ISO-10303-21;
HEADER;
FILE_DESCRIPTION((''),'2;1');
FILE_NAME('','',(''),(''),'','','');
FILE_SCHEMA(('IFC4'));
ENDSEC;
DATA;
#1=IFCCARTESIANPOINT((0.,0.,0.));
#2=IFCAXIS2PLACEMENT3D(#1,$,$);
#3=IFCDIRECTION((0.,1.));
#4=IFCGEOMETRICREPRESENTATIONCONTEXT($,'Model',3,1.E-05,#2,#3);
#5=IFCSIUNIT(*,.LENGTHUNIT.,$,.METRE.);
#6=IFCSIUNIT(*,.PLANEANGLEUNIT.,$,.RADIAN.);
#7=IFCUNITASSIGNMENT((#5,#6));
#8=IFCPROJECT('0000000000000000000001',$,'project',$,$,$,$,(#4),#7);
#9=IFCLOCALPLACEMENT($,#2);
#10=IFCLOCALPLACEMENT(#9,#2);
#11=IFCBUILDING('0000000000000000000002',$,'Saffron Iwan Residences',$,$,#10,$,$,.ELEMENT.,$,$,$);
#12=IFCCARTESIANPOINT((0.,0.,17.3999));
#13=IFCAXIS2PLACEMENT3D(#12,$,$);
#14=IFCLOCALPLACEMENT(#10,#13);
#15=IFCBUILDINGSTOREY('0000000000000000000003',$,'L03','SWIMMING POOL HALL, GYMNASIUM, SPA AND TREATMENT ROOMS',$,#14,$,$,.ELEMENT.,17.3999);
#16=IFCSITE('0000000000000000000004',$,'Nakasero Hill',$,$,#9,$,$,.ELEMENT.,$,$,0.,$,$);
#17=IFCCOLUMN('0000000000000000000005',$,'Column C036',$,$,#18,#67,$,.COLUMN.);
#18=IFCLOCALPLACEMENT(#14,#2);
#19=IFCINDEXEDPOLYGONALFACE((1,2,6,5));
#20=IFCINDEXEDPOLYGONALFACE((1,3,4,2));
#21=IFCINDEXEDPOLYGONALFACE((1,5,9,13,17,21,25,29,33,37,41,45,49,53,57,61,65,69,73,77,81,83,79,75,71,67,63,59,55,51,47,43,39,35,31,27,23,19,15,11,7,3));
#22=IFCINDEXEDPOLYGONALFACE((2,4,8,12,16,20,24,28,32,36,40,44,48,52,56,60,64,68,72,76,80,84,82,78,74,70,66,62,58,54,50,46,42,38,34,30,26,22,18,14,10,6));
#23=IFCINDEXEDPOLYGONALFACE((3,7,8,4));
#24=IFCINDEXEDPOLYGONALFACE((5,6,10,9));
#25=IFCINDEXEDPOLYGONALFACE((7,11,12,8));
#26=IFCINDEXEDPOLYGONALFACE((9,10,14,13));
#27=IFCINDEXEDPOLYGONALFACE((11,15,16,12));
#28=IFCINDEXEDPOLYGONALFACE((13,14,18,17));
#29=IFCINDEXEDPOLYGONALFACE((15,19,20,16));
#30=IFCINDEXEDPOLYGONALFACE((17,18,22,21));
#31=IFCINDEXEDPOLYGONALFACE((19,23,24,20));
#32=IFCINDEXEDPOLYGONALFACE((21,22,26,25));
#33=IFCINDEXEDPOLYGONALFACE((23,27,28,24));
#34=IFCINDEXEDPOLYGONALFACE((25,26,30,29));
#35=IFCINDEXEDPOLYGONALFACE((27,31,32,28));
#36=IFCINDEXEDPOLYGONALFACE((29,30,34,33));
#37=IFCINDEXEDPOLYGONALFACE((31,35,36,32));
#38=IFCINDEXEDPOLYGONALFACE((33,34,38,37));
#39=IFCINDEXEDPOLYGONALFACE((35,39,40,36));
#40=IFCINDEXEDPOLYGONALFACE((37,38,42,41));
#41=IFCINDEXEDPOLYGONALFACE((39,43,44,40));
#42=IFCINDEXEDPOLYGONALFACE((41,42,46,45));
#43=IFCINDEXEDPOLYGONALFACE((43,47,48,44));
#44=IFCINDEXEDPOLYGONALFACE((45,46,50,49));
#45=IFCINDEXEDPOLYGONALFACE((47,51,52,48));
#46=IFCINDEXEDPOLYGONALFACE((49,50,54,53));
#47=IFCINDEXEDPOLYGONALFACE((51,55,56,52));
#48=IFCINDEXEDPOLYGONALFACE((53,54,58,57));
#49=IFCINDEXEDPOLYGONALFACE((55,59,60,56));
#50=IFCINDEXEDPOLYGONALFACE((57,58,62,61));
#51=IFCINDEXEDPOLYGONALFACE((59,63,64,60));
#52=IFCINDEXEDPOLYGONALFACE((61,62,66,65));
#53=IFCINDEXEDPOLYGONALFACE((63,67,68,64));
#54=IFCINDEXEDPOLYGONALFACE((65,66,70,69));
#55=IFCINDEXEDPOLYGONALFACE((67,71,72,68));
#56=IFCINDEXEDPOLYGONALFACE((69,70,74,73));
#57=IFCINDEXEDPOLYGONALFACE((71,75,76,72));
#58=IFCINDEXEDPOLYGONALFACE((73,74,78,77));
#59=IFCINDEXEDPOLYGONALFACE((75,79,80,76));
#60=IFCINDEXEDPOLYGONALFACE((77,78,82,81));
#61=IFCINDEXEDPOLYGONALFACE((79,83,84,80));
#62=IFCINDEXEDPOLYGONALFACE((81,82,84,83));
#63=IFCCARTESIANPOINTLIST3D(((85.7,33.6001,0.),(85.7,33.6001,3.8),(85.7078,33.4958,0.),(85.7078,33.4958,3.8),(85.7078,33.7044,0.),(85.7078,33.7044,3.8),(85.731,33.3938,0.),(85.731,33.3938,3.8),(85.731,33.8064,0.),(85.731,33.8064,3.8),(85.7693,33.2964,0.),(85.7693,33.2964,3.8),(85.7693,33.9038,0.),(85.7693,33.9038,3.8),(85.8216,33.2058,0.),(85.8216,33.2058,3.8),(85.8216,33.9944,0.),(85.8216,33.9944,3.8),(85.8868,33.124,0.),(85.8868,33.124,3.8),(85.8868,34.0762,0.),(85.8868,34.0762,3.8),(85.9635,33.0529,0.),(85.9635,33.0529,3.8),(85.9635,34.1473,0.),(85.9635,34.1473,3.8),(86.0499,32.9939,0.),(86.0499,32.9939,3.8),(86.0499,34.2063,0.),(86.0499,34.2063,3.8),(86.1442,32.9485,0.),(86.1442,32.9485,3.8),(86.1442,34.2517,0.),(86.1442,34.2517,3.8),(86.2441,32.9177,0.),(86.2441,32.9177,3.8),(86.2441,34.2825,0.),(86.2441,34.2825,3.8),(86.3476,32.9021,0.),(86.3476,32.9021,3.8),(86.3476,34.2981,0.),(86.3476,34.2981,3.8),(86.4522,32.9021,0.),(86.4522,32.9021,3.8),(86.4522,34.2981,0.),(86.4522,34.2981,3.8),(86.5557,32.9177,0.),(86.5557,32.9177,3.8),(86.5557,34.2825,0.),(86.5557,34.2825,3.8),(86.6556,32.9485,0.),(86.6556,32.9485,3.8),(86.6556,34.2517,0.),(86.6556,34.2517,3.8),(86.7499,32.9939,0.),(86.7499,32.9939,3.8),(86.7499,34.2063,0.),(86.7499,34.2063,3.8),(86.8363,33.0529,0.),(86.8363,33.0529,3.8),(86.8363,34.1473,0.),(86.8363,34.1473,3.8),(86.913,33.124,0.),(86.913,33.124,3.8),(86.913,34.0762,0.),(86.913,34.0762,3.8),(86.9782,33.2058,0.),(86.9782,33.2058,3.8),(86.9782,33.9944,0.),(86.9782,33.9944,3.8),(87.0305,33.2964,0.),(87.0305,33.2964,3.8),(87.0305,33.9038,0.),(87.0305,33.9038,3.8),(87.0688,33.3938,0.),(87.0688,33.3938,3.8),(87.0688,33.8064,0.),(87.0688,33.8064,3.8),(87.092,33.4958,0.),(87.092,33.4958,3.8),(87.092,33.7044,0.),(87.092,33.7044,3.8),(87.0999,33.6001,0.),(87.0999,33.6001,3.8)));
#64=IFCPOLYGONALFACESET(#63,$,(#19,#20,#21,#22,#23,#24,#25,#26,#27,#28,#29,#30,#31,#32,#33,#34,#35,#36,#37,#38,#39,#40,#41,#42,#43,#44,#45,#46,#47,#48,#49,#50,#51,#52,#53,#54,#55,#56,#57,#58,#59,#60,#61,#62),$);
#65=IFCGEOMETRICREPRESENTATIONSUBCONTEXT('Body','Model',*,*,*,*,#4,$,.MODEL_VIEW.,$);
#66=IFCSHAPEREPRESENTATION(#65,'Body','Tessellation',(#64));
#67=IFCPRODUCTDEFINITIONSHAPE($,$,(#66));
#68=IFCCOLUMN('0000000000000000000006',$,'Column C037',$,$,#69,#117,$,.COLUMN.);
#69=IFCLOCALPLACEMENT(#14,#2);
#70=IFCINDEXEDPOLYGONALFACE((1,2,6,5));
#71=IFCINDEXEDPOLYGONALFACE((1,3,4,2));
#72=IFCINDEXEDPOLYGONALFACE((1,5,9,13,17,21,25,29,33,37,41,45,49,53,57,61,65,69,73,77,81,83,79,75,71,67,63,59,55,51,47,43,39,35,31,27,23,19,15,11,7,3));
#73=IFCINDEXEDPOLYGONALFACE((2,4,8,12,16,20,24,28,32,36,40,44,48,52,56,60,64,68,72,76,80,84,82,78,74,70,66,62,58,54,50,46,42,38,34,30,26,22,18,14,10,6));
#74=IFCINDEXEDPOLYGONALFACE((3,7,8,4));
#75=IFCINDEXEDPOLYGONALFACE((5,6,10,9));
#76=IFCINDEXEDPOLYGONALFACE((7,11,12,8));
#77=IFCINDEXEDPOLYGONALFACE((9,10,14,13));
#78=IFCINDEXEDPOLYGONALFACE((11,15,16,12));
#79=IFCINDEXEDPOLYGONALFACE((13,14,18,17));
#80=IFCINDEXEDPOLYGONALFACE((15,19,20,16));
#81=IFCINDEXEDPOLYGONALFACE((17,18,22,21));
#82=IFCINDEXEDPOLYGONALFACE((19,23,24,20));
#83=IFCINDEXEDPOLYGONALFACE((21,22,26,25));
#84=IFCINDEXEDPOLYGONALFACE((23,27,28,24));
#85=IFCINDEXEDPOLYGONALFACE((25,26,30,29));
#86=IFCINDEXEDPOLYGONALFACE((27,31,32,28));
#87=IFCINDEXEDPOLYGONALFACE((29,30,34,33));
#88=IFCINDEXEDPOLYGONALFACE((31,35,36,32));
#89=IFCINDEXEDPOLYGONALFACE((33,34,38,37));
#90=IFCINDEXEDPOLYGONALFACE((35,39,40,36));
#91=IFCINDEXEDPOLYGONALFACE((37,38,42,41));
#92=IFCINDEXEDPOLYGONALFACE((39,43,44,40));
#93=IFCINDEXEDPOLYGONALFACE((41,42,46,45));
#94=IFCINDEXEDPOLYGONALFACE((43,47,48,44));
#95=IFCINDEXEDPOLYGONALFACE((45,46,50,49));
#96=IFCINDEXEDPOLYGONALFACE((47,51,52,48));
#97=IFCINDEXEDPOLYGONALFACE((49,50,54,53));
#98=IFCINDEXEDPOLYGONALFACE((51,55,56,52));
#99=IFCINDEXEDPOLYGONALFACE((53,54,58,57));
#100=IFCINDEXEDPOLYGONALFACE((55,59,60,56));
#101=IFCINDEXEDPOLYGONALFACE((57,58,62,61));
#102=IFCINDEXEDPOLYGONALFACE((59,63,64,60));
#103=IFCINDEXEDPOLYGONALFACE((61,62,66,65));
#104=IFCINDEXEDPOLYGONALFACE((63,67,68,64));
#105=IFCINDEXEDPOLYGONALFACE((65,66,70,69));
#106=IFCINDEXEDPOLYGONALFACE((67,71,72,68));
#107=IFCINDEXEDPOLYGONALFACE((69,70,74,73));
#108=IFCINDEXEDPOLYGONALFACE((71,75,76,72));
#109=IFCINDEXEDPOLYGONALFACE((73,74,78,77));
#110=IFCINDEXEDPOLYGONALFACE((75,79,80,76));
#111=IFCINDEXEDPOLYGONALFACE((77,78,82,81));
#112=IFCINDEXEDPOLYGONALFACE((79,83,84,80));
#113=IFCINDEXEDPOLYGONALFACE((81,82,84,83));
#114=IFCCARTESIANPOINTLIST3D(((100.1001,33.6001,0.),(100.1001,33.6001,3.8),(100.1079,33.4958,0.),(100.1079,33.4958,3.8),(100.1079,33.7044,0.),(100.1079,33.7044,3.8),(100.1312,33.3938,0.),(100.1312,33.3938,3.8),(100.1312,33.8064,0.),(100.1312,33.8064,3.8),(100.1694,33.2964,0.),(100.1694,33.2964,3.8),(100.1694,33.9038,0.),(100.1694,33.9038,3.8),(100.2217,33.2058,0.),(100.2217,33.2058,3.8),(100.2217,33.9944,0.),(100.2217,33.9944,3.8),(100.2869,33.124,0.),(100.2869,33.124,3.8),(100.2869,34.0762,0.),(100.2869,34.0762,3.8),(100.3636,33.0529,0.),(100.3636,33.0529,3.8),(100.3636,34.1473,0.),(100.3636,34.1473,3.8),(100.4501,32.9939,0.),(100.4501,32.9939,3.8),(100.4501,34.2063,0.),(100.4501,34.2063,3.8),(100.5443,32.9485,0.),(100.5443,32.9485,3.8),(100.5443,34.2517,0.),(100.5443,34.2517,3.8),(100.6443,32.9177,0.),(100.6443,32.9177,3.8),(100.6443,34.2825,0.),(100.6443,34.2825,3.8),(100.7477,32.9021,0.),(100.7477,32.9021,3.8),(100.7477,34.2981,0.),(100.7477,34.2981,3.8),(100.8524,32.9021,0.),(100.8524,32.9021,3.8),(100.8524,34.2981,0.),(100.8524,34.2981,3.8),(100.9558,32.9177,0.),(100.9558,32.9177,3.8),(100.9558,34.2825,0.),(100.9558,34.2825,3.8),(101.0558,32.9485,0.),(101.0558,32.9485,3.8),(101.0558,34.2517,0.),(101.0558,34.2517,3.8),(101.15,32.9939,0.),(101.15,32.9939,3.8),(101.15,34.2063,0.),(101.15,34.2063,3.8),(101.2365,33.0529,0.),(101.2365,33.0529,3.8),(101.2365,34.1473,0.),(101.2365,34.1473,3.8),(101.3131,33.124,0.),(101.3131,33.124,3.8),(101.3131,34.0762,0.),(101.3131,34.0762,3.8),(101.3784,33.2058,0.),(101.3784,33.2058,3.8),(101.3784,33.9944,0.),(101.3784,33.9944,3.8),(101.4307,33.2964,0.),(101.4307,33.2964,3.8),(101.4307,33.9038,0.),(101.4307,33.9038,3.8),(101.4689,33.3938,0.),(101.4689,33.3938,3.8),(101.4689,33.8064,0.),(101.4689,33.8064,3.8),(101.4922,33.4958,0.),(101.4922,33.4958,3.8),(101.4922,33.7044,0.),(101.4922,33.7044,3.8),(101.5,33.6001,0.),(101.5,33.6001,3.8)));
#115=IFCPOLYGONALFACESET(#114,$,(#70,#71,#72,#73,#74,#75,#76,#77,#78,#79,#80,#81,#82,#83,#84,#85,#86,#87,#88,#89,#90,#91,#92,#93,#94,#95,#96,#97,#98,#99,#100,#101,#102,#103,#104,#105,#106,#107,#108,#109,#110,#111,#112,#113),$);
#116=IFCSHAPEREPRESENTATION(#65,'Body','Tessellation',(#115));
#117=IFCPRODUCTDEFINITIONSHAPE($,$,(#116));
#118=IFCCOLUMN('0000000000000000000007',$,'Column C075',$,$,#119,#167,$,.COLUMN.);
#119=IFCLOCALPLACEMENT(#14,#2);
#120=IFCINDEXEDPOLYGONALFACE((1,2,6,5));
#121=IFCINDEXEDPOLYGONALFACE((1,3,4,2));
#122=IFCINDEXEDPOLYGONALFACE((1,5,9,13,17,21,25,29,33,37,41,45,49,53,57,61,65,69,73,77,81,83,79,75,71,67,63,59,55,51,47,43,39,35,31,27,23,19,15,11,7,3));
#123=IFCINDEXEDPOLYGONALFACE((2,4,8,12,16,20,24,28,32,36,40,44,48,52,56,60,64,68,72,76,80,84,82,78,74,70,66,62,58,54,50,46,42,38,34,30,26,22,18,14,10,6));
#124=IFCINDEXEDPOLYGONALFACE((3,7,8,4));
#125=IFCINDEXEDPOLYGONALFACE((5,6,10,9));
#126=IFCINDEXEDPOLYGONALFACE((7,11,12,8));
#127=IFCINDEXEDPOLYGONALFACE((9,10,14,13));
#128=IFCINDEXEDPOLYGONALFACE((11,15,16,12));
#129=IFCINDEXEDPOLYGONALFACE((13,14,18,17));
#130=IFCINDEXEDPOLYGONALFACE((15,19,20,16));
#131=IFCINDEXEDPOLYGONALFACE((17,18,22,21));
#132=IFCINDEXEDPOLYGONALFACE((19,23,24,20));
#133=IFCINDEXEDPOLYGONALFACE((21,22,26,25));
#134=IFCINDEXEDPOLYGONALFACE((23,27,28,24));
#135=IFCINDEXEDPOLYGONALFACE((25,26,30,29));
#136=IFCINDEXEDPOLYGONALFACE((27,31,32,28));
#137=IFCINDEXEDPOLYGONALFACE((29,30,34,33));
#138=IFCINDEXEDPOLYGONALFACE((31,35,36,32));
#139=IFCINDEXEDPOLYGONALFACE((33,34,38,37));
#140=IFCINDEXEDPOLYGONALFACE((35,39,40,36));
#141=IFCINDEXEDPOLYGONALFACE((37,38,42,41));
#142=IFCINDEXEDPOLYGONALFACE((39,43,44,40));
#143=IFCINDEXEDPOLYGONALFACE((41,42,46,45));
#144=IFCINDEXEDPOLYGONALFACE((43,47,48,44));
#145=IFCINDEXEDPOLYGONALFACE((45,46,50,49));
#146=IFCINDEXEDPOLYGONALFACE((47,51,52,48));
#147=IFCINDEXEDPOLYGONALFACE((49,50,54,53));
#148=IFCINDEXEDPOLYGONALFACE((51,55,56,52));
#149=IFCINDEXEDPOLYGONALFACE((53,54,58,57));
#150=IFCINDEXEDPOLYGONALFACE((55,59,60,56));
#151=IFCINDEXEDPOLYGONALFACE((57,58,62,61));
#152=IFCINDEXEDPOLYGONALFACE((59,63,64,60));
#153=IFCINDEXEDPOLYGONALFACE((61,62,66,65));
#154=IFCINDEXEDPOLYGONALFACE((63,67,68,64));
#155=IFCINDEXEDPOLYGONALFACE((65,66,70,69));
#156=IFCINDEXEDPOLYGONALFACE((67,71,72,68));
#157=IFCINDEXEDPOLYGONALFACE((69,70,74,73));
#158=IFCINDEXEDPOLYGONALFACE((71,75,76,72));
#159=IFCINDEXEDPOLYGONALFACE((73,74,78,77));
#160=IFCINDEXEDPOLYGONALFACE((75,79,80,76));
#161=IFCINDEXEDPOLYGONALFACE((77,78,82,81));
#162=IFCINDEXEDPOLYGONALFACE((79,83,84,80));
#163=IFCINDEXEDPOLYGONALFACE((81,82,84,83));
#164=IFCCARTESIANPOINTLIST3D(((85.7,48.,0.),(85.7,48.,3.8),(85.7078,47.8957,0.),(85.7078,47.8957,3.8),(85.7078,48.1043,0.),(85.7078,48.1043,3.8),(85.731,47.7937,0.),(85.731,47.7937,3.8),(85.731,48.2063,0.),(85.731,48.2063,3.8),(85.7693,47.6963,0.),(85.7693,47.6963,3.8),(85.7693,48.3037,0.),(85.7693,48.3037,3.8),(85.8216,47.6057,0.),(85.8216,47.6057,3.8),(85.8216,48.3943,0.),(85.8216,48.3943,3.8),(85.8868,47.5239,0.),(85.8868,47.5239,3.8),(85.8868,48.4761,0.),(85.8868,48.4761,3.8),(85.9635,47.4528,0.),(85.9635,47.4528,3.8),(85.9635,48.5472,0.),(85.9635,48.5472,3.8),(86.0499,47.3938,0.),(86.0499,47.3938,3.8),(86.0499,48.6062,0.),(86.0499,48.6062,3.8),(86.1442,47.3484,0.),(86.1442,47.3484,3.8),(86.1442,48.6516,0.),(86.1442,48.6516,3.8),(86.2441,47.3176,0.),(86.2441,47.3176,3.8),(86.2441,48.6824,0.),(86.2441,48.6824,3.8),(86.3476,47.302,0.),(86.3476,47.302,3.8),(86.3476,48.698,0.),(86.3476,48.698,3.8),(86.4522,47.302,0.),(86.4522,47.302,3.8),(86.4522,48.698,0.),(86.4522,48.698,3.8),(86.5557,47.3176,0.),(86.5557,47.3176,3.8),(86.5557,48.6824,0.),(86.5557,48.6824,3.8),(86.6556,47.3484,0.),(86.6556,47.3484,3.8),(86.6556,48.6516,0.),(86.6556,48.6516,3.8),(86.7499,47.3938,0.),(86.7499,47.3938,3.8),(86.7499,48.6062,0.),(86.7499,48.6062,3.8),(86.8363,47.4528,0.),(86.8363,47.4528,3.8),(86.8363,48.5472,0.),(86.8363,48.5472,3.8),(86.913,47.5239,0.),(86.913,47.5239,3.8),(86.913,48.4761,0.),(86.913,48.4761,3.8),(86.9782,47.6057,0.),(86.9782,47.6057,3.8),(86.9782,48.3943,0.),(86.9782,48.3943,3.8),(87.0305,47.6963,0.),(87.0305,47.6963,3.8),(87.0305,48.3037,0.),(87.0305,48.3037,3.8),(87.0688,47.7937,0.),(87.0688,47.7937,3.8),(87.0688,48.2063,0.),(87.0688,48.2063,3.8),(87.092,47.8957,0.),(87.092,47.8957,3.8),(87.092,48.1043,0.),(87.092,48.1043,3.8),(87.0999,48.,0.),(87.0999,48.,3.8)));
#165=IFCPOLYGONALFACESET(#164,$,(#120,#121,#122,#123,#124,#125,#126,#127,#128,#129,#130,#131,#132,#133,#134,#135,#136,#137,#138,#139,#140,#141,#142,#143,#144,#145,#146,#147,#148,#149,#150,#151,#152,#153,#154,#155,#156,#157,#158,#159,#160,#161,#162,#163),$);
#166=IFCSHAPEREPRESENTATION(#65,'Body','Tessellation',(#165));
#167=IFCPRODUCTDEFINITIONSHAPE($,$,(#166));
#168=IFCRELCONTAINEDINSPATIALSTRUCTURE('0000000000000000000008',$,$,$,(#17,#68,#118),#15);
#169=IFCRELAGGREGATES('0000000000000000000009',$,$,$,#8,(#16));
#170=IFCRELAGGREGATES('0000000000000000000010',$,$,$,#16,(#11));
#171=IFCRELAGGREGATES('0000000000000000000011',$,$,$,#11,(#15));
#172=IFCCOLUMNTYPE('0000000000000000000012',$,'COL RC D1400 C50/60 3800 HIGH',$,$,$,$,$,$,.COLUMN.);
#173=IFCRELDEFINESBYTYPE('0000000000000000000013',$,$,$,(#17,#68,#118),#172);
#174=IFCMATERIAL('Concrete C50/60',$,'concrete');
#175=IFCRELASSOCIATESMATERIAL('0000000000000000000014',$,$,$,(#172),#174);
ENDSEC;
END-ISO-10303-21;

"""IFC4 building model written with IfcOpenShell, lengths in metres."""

from ifc_helpers import new_model, si_unit, direction, frame, origin, origin_2d, place, context, subcontext, project, spatial, circle, extrude, source, transform, mapped, material, material_profile, profile_set, type_object, element, save


model = new_model("IFC4")

# Units and contexts
model_context = context("Model", 3, precision=1e-05, world=origin(), true_north=direction((0.0, 1.0)))
body_context = subcontext(model_context, "Body", "Model", "MODEL_VIEW")
ifc_project = project(units=[si_unit("LENGTHUNIT", "METRE"), si_unit("PLANEANGLEUNIT", "RADIAN")], contexts=[model_context])

# Site, building, storey
site_placement = place(None, origin())
site = spatial("IfcSite", under=ifc_project, at=site_placement, Name="Nakasero Hill", CompositionType="ELEMENT", RefElevation=0.0)
building_placement = place(site_placement, origin())
building = spatial("IfcBuilding", under=site, at=building_placement, Name="Saffron Iwan Residences", CompositionType="ELEMENT")
storey_placement = place(building_placement, frame((0.0, 0.0, 17.3999)))
storey = spatial("IfcBuildingStorey", under=building, at=storey_placement, Name="L03", Description="SWIMMING POOL HALL, GYMNASIUM, SPA AND TREATMENT ROOMS", CompositionType="ELEMENT", Elevation=17.3999)

# Columns
ifc_material_1 = material(Name="Concrete C50/60", Category="concrete")
ifc_material_profile_1 = material_profile(ifc_material_1, circle(Radius=0.7, at=origin_2d()), Name="RC D1400")
ifc_profile_set_1 = profile_set([ifc_material_profile_1], Name="Concrete C50/60")
column_type = type_object("IfcColumnType", Name="COL RC D1400 C50/60 3800 HIGH", PredefinedType="COLUMN", material=ifc_profile_set_1)
shared_shape_1 = source(origin(), body_context, "Body", "SweptSolid", [
    extrude(circle(Radius=0.7, at=origin_2d()), origin(), (0.0, 0.0, 1.0), 3.8),
])
for number, where, z_axis, x_axis, name in (
    (1, (86.3999, 33.6001, 0.0), (0.0, 0.0, 1.0), (1.0, 0.0, 0.0), "Column C036"),
    (2, (100.8, 33.6001, 0.0), (0.0, 0.0, 1.0), (1.0, 0.0, 0.0), "Column C037"),
    (3, (86.3999, 48.0, 0.0), (0.0, 0.0, 1.0), (1.0, 0.0, 0.0), "Column C075"),
):
    element("IfcColumn", number, at=place(storey_placement, frame(where, z_axis=z_axis, x_axis=x_axis)), inside=storey, type_object=column_type, Name=name, PredefinedType="COLUMN", context=body_context, shape_type="MappedRepresentation", body=[
        mapped(shared_shape_1, transform((0.0, 0.0, 0.0))),
    ])

save(model, "model.ifc")
